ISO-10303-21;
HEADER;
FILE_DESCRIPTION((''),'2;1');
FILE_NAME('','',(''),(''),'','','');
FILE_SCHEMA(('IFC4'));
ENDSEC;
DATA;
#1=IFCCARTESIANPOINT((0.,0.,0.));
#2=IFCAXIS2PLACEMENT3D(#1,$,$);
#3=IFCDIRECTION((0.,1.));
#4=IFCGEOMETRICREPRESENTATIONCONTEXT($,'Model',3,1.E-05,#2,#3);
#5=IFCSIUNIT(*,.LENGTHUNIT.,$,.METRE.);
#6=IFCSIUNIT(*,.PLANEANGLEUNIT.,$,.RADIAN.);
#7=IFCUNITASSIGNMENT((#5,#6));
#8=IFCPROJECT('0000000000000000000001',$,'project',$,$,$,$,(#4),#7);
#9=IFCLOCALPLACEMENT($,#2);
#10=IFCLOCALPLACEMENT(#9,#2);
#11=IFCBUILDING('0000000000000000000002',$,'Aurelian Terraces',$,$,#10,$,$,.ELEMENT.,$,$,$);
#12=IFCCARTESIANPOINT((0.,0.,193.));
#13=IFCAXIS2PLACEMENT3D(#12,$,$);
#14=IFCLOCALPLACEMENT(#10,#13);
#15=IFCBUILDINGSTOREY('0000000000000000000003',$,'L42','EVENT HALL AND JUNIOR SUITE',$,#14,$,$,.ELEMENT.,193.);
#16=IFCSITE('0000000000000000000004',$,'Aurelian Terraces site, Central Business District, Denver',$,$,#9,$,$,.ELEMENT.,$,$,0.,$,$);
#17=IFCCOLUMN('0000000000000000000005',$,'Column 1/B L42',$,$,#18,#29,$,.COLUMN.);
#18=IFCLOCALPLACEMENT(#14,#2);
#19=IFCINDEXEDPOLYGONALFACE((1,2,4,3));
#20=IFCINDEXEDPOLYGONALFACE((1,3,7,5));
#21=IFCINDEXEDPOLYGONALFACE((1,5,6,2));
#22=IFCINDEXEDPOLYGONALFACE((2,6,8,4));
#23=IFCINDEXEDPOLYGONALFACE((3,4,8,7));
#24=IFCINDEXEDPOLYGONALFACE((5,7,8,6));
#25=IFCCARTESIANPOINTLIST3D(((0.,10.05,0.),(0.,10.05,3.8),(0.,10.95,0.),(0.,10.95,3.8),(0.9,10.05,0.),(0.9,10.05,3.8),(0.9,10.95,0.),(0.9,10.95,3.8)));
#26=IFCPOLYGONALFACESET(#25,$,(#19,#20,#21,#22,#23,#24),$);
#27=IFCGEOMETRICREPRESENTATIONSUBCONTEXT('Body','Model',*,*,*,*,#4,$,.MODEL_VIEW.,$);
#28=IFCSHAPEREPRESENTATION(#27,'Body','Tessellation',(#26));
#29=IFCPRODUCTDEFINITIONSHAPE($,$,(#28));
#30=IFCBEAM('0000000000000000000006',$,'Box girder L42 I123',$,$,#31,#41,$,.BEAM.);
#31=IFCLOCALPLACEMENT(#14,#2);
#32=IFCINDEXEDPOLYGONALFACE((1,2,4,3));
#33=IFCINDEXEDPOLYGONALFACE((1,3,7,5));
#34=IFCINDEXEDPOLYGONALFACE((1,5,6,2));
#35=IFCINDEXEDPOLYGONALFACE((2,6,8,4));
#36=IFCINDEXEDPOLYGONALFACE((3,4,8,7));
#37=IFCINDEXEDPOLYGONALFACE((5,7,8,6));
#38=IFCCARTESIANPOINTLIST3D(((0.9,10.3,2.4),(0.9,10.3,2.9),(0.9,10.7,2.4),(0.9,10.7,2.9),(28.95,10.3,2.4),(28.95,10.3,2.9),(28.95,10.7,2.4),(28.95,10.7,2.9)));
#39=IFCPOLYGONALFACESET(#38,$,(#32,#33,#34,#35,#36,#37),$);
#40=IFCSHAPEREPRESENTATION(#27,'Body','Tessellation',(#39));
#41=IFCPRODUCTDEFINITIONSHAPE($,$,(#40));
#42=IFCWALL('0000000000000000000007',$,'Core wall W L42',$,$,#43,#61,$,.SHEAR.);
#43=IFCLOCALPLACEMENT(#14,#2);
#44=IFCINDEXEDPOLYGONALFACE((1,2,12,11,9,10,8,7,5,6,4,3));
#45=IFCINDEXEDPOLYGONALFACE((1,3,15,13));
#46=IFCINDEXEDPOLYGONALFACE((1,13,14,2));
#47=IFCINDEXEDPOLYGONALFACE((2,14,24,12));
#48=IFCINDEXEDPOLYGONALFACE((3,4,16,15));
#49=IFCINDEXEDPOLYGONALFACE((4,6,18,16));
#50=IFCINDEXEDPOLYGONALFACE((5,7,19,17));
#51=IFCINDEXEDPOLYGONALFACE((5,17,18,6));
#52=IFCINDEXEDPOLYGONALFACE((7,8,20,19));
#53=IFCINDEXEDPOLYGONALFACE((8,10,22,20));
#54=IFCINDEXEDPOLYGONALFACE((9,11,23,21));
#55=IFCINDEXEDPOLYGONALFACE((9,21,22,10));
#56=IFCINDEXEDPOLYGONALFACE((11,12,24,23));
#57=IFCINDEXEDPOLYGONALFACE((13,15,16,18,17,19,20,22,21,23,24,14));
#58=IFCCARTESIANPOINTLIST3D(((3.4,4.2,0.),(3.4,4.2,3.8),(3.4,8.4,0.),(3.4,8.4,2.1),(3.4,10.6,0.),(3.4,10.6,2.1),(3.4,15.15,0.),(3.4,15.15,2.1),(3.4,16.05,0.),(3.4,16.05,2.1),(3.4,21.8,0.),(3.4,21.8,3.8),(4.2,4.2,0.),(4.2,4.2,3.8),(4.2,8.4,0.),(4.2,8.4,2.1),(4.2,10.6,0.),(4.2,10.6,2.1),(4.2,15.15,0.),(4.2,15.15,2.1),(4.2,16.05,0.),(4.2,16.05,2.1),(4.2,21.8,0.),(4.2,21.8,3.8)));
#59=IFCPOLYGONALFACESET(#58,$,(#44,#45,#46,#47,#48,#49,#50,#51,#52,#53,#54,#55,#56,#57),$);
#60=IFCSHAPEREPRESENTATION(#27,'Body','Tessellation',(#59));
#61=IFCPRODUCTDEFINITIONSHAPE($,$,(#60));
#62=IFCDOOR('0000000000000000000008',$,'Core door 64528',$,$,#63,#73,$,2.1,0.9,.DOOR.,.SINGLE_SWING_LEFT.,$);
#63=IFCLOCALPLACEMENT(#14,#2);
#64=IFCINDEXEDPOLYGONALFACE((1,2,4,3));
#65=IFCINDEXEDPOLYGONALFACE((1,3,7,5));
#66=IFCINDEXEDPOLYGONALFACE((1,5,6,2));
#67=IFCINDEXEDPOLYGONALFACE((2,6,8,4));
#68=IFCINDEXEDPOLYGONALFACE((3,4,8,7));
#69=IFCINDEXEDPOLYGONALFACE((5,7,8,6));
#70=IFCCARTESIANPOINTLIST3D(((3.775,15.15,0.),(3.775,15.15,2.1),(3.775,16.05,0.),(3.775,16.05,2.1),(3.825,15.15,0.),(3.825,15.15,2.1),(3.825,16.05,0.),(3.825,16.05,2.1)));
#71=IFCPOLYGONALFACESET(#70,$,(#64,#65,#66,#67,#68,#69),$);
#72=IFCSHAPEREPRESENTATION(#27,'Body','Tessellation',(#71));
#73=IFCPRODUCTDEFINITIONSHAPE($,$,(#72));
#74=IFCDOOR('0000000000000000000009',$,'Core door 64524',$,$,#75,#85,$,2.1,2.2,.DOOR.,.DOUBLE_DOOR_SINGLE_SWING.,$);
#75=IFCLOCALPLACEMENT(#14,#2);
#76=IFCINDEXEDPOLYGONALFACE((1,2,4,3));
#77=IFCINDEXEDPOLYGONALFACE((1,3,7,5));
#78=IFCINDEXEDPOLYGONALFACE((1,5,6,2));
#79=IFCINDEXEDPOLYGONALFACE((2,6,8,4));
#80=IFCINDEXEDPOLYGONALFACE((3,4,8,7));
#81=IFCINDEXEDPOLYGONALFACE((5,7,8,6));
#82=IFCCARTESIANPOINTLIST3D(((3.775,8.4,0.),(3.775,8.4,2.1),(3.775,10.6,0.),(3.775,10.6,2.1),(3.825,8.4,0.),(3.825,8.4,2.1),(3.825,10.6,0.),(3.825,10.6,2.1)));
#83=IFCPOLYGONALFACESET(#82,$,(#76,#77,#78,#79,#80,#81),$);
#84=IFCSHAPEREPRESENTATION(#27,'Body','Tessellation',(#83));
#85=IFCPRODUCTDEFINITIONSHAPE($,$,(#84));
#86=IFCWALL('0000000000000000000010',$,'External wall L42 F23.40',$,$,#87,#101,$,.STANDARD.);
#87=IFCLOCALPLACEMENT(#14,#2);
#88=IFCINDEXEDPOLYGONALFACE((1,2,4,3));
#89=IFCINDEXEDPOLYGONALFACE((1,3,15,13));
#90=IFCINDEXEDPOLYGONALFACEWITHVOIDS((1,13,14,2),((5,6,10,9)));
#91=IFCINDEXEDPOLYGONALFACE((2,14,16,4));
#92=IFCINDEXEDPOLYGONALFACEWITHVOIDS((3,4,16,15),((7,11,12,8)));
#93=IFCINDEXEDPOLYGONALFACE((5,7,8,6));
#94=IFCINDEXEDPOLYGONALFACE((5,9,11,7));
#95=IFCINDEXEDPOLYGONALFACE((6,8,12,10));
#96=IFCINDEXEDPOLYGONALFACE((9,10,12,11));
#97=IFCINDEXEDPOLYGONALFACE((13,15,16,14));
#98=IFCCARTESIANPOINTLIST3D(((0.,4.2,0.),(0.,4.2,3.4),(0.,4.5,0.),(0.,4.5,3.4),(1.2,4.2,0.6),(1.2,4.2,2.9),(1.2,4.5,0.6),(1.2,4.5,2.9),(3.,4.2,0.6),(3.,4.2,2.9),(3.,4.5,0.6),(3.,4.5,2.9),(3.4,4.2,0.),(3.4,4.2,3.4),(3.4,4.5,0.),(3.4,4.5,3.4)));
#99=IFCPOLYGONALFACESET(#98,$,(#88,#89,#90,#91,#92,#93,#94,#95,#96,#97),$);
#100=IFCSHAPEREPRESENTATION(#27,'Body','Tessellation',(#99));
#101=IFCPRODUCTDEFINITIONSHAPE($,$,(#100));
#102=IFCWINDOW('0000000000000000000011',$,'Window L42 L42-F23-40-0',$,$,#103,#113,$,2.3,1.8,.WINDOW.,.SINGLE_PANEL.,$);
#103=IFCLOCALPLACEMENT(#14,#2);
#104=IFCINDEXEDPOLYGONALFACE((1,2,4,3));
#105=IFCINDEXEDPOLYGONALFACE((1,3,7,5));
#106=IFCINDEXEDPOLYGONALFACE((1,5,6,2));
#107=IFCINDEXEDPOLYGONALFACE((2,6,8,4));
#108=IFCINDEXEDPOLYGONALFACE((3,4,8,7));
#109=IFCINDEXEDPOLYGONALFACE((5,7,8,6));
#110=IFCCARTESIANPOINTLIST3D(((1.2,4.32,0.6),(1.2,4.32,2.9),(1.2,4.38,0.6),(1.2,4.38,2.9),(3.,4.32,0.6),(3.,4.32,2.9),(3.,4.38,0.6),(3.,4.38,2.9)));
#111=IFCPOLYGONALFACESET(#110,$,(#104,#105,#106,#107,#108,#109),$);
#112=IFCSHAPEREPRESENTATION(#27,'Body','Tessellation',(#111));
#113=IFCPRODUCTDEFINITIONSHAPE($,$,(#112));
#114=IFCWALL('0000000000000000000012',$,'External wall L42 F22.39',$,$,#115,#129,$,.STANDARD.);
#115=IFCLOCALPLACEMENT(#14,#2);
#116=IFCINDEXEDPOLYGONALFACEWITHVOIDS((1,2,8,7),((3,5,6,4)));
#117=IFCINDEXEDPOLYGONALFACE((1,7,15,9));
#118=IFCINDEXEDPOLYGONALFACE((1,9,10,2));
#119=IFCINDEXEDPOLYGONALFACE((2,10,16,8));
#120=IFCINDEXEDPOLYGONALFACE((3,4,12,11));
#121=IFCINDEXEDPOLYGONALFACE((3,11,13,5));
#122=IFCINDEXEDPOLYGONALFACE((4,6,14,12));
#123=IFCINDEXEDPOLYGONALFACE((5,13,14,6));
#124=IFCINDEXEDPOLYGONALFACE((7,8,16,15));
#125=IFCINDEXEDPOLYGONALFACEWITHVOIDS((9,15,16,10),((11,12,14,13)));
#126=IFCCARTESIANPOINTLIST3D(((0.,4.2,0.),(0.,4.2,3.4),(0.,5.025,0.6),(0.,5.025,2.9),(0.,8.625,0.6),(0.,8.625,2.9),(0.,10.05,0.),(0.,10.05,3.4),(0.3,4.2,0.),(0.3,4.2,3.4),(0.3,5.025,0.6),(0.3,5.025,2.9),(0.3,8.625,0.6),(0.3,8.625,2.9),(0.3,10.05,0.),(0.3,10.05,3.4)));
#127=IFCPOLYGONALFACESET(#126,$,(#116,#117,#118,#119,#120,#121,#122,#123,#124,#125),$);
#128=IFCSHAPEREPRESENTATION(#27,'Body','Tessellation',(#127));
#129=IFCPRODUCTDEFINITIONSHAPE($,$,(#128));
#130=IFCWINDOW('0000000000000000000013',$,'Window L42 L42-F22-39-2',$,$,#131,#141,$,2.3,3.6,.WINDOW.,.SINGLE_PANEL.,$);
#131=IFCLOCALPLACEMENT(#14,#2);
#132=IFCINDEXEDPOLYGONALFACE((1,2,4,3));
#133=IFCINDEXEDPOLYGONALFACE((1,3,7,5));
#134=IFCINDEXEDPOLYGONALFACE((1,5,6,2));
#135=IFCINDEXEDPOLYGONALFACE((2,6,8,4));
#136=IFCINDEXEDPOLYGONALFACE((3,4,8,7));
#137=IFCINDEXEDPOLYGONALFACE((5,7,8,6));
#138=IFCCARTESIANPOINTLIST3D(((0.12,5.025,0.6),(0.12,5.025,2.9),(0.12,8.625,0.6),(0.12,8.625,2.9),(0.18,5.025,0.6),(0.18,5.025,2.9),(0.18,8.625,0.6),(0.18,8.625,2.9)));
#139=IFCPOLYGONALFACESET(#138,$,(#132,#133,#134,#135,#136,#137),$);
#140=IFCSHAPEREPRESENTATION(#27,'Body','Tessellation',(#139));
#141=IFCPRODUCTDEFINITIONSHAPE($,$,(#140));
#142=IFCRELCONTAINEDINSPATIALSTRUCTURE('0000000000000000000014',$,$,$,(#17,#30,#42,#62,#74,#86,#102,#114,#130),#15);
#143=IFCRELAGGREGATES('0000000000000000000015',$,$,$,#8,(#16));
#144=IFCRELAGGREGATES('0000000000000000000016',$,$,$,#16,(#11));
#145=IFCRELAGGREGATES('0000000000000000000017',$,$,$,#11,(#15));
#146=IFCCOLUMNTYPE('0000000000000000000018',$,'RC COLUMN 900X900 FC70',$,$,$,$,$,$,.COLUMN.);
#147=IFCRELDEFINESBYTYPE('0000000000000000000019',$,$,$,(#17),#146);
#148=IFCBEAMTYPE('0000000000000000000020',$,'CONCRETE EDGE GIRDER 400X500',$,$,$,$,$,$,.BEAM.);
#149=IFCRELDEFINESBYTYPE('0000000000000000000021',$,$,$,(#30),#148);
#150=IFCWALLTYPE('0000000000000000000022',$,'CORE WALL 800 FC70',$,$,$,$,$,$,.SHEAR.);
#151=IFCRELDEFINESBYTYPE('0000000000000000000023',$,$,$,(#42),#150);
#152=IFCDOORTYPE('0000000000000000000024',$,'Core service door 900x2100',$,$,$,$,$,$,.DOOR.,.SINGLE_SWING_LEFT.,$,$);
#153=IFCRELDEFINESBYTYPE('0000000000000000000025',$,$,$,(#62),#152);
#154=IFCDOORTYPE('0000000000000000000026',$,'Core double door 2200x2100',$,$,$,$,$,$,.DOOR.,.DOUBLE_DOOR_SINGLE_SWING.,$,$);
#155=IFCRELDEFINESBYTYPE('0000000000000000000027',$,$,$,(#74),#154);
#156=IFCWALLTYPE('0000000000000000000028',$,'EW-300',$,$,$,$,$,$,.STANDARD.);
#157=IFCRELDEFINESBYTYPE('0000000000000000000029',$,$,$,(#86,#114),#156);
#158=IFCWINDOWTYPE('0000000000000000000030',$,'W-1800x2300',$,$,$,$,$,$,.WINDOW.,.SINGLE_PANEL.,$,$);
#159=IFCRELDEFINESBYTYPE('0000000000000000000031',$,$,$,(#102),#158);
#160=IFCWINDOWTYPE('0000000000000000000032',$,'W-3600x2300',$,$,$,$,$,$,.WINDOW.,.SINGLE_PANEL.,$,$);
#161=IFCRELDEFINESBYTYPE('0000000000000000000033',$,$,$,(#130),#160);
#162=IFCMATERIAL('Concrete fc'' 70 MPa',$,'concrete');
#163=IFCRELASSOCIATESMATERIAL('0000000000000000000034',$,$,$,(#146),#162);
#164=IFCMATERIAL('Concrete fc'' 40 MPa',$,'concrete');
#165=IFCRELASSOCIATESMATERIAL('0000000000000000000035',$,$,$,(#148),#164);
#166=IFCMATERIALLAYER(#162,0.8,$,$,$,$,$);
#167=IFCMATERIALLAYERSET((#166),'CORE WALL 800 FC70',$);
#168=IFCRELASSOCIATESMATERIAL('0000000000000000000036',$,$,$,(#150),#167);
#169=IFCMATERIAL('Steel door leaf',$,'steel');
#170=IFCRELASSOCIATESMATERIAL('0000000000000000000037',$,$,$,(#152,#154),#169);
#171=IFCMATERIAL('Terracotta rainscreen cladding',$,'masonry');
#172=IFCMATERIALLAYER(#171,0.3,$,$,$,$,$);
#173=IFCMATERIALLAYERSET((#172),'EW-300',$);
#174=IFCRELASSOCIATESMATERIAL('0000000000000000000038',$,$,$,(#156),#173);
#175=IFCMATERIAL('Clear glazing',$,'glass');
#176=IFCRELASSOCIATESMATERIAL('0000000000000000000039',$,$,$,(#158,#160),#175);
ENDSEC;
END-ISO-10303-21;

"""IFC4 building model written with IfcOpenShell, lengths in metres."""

from ifc_helpers import new_model, si_unit, direction, frame, frame_2d, origin, origin_2d, place, context, subcontext, project, spatial, rectangle, extrude, source, transform, mapped, material, layer, layer_set, material_profile, profile_set, type_object, element, fill, save


model = new_model("IFC4")

# Units and contexts
model_context = context("Model", 3, precision=1e-05, world=origin(), true_north=direction((0.0, 1.0)))
body_context = subcontext(model_context, "Body", "Model", "MODEL_VIEW")
ifc_project = project(units=[si_unit("LENGTHUNIT", "METRE"), si_unit("PLANEANGLEUNIT", "RADIAN")], contexts=[model_context])

# Site, building, storey
site_placement = place(None, origin())
site = spatial("IfcSite", under=ifc_project, at=site_placement, Name="Aurelian Terraces site, Central Business District, Denver", CompositionType="ELEMENT", RefElevation=0.0)
building_placement = place(site_placement, origin())
building = spatial("IfcBuilding", under=site, at=building_placement, Name="Aurelian Terraces", CompositionType="ELEMENT")
storey_placement = place(building_placement, frame((0.0, 0.0, 193.0)))
storey = spatial("IfcBuildingStorey", under=building, at=storey_placement, Name="L42", Description="EVENT HALL AND JUNIOR SUITE", CompositionType="ELEMENT", Elevation=193.0)

# Column
ifc_material_1 = material(Name="Concrete fc' 70 MPa", Category="concrete")
ifc_material_profile_1 = material_profile(ifc_material_1, rectangle(XDim=0.9, YDim=0.9, at=origin_2d()))
ifc_profile_set_1 = profile_set([ifc_material_profile_1], Name="Concrete fc' 70 MPa")
column_type = type_object("IfcColumnType", Name="RC COLUMN 900X900 FC70", PredefinedType="COLUMN", material=ifc_profile_set_1)
shared_shape_1 = source(origin(), body_context, "Body", "SweptSolid", [
    extrude(rectangle(XDim=0.9, YDim=0.9, at=origin_2d()), origin(), (0.0, 0.0, 1.0), 3.8),
])
column_placement = place(storey_placement, frame((0.45, 10.5, 0.0), z_axis=(0.0, 0.0, 1.0), x_axis=(1.0, 0.0, 0.0)))
element("IfcColumn", 1, at=column_placement, inside=storey, type_object=column_type, Name="Column 1/B L42", PredefinedType="COLUMN", context=body_context, shape_type="MappedRepresentation", body=[
    mapped(shared_shape_1, transform((0.0, 0.0, 0.0), scale=1.0)),
])

# Beam
ifc_material_2 = material(Name="Concrete fc' 40 MPa", Category="concrete")
ifc_material_profile_2 = material_profile(ifc_material_2, rectangle(XDim=0.4, YDim=0.5, at=origin_2d()))
ifc_profile_set_2 = profile_set([ifc_material_profile_2], Name="Concrete fc' 40 MPa")
beam_type = type_object("IfcBeamType", Name="CONCRETE EDGE GIRDER 400X500", PredefinedType="BEAM", material=ifc_profile_set_2)
shared_shape_2 = source(origin(), body_context, "Body", "SweptSolid", [
    extrude(rectangle(XDim=0.4, YDim=0.5, at=origin_2d()), origin(), (0.0, 0.0, 1.0), 28.05),
])
beam_placement = place(storey_placement, frame((0.9, 10.5, 2.65), z_axis=(1.0, 0.0, 0.0), x_axis=(0.0, 1.0, 0.0)))
element("IfcBeam", 2, at=beam_placement, inside=storey, type_object=beam_type, Name="Box girder L42 I123", PredefinedType="BEAM", context=body_context, shape_type="MappedRepresentation", body=[
    mapped(shared_shape_2, transform((0.0, 0.0, 0.0), scale=1.0)),
])

# Wall, openings, doors
ifc_layer_1 = layer(ifc_material_1, 0.8)
ifc_layer_set_1 = layer_set([ifc_layer_1], Name="CORE WALL 800 FC70")
wall_type_1 = type_object("IfcWallType", Name="CORE WALL 800 FC70", PredefinedType="SHEAR", material=ifc_layer_set_1)
shared_shape_3 = source(origin(), body_context, "Body", "SweptSolid", [
    extrude(rectangle(XDim=17.6, YDim=0.8, at=frame_2d((8.8, 0.0))), origin(), (0.0, 0.0, 1.0), 3.8),
])
wall_1_placement = place(storey_placement, frame((3.8, 4.2, 0.0), z_axis=(0.0, 0.0, 1.0), x_axis=(0.0, 1.0, 0.0)))
wall_1 = element("IfcWall", 3, at=wall_1_placement, inside=storey, type_object=wall_type_1, Name="Core wall W L42", PredefinedType="SHEAR", context=body_context, shape_type="MappedRepresentation", body=[
    mapped(shared_shape_3, transform((0.0, 0.0, 0.0), scale=1.0)),
])
shared_shape_4 = source(origin(), body_context, "Body", "SweptSolid", [
    extrude(rectangle(XDim=2.2, YDim=2.1, at=frame_2d((1.1, 1.05))), frame((0.0, 0.41, 0.0), z_axis=(0.0, -1.0, 0.0), x_axis=(1.0, 0.0, 0.0)), (0.0, 0.0, 1.0), 0.82),
])
opening_1_placement = place(wall_1_placement, frame((4.2, 0.0, 0.0)))
opening_1 = element("IfcOpeningElement", 4, at=opening_1_placement, cuts=wall_1, PredefinedType="OPENING", context=body_context, shape_type="MappedRepresentation", body=[
    mapped(shared_shape_4, transform((0.0, 0.0, 0.0), scale=1.0)),
])
shared_shape_5 = source(origin(), body_context, "Body", "SweptSolid", [
    extrude(rectangle(XDim=0.9, YDim=2.1, at=frame_2d((0.45, 1.05))), frame((0.0, 0.41, 0.0), z_axis=(0.0, -1.0, 0.0), x_axis=(1.0, 0.0, 0.0)), (0.0, 0.0, 1.0), 0.82),
])
opening_2_placement = place(wall_1_placement, frame((10.95, 0.0, 0.0)))
opening_2 = element("IfcOpeningElement", 5, at=opening_2_placement, cuts=wall_1, PredefinedType="OPENING", context=body_context, shape_type="MappedRepresentation", body=[
    mapped(shared_shape_5, transform((0.0, 0.0, 0.0), scale=1.0)),
])
ifc_material_3 = material(Name="Steel door leaf", Category="steel")
door_type_1 = type_object("IfcDoorType", Name="Core service door 900x2100", OperationType="SINGLE_SWING_LEFT", PredefinedType="DOOR", material=ifc_material_3)
shared_shape_6 = source(origin(), body_context, "Body", "SweptSolid", [
    extrude(rectangle(XDim=0.9, YDim=2.1, at=frame_2d((0.45, 1.05))), frame((0.0, 0.025, 0.0), z_axis=(0.0, -1.0, 0.0), x_axis=(1.0, 0.0, 0.0)), (0.0, 0.0, 1.0), 0.05),
])
door_1_placement = place(opening_2_placement, origin())
door_1 = element("IfcDoor", 6, at=door_1_placement, inside=storey, type_object=door_type_1, Name="Core door 64528", OperationType="SINGLE_SWING_LEFT", OverallHeight=2.1, OverallWidth=0.9, PredefinedType="DOOR", context=body_context, shape_type="MappedRepresentation", body=[
    mapped(shared_shape_6, transform((0.0, 0.0, 0.0), scale=1.0)),
])
fill(opening_2, door_1)
door_type_2 = type_object("IfcDoorType", Name="Core double door 2200x2100", OperationType="DOUBLE_DOOR_SINGLE_SWING", PredefinedType="DOOR", material=ifc_material_3)
shared_shape_7 = source(origin(), body_context, "Body", "SweptSolid", [
    extrude(rectangle(XDim=2.2, YDim=2.1, at=frame_2d((1.1, 1.05))), frame((0.0, 0.025, 0.0), z_axis=(0.0, -1.0, 0.0), x_axis=(1.0, 0.0, 0.0)), (0.0, 0.0, 1.0), 0.05),
])
door_2_placement = place(opening_1_placement, origin())
door_2 = element("IfcDoor", 7, at=door_2_placement, inside=storey, type_object=door_type_2, Name="Core door 64524", OperationType="DOUBLE_DOOR_SINGLE_SWING", OverallHeight=2.1, OverallWidth=2.2, PredefinedType="DOOR", context=body_context, shape_type="MappedRepresentation", body=[
    mapped(shared_shape_7, transform((0.0, 0.0, 0.0), scale=1.0)),
])
fill(opening_1, door_2)

# Walls, openings, windows
ifc_material_4 = material(Name="Terracotta rainscreen cladding", Category="masonry")
ifc_layer_2 = layer(ifc_material_4, 0.3)
ifc_layer_set_2 = layer_set([ifc_layer_2], Name="EW-300")
wall_type_2 = type_object("IfcWallType", Name="EW-300", PredefinedType="STANDARD", material=ifc_layer_set_2)
shared_shape_8 = source(origin(), body_context, "Body", "SweptSolid", [
    extrude(rectangle(XDim=3.4, YDim=0.3, at=frame_2d((1.7, 0.0))), origin(), (0.0, 0.0, 1.0), 3.4),
])
wall_2_placement = place(storey_placement, frame((0.0, 4.35, 0.0), z_axis=(0.0, 0.0, 1.0), x_axis=(1.0, 0.0, 0.0)))
wall_2 = element("IfcWall", 8, at=wall_2_placement, inside=storey, type_object=wall_type_2, Name="External wall L42 F23.40", PredefinedType="STANDARD", context=body_context, shape_type="MappedRepresentation", body=[
    mapped(shared_shape_8, transform((0.0, 0.0, 0.0), scale=1.0)),
])
shared_shape_9 = source(origin(), body_context, "Body", "SweptSolid", [
    extrude(rectangle(XDim=1.8, YDim=2.3, at=frame_2d((0.9, 1.15))), frame((0.0, 0.16, 0.0), z_axis=(0.0, -1.0, 0.0), x_axis=(1.0, 0.0, 0.0)), (0.0, 0.0, 1.0), 0.32),
])
opening_3_placement = place(wall_2_placement, frame((1.2, 0.0, 0.6)))
opening_3 = element("IfcOpeningElement", 9, at=opening_3_placement, cuts=wall_2, PredefinedType="OPENING", context=body_context, shape_type="MappedRepresentation", body=[
    mapped(shared_shape_9, transform((0.0, 0.0, 0.0), scale=1.0)),
])
ifc_material_5 = material(Name="Clear glazing", Category="glass")
window_type_1 = type_object("IfcWindowType", Name="W-1800x2300", PartitioningType="SINGLE_PANEL", PredefinedType="WINDOW", material=ifc_material_5)
shared_shape_10 = source(origin(), body_context, "Body", "SweptSolid", [
    extrude(rectangle(XDim=1.8, YDim=2.3, at=frame_2d((0.9, 1.15))), frame((0.0, 0.03, 0.0), z_axis=(0.0, -1.0, 0.0), x_axis=(1.0, 0.0, 0.0)), (0.0, 0.0, 1.0), 0.06),
])
window_1_placement = place(opening_3_placement, origin())
window_1 = element("IfcWindow", 10, at=window_1_placement, inside=storey, type_object=window_type_1, Name="Window L42 L42-F23-40-0", OverallHeight=2.3, OverallWidth=1.8, PartitioningType="SINGLE_PANEL", PredefinedType="WINDOW", context=body_context, shape_type="MappedRepresentation", body=[
    mapped(shared_shape_10, transform((0.0, 0.0, 0.0), scale=1.0)),
])
fill(opening_3, window_1)
shared_shape_11 = source(origin(), body_context, "Body", "SweptSolid", [
    extrude(rectangle(XDim=5.85, YDim=0.3, at=frame_2d((2.925, 0.0))), origin(), (0.0, 0.0, 1.0), 3.4),
])
wall_3_placement = place(storey_placement, frame((0.15, 10.05, 0.0), z_axis=(0.0, 0.0, 1.0), x_axis=(0.0, -1.0, 0.0)))
wall_3 = element("IfcWall", 11, at=wall_3_placement, inside=storey, type_object=wall_type_2, Name="External wall L42 F22.39", PredefinedType="STANDARD", context=body_context, shape_type="MappedRepresentation", body=[
    mapped(shared_shape_11, transform((0.0, 0.0, 0.0), scale=1.0)),
])
shared_shape_12 = source(origin(), body_context, "Body", "SweptSolid", [
    extrude(rectangle(XDim=3.6, YDim=2.3, at=frame_2d((1.8, 1.15))), frame((0.0, 0.16, 0.0), z_axis=(0.0, -1.0, 0.0), x_axis=(1.0, 0.0, 0.0)), (0.0, 0.0, 1.0), 0.32),
])
opening_4_placement = place(wall_3_placement, frame((1.425, 0.0, 0.6)))
opening_4 = element("IfcOpeningElement", 12, at=opening_4_placement, cuts=wall_3, PredefinedType="OPENING", context=body_context, shape_type="MappedRepresentation", body=[
    mapped(shared_shape_12, transform((0.0, 0.0, 0.0), scale=1.0)),
])
window_type_2 = type_object("IfcWindowType", Name="W-3600x2300", PartitioningType="SINGLE_PANEL", PredefinedType="WINDOW", material=ifc_material_5)
shared_shape_13 = source(origin(), body_context, "Body", "SweptSolid", [
    extrude(rectangle(XDim=3.6, YDim=2.3, at=frame_2d((1.8, 1.15))), frame((0.0, 0.03, 0.0), z_axis=(0.0, -1.0, 0.0), x_axis=(1.0, 0.0, 0.0)), (0.0, 0.0, 1.0), 0.06),
])
window_2_placement = place(opening_4_placement, origin())
window_2 = element("IfcWindow", 13, at=window_2_placement, inside=storey, type_object=window_type_2, Name="Window L42 L42-F22-39-2", OverallHeight=2.3, OverallWidth=3.6, PartitioningType="SINGLE_PANEL", PredefinedType="WINDOW", context=body_context, shape_type="MappedRepresentation", body=[
    mapped(shared_shape_13, transform((0.0, 0.0, 0.0), scale=1.0)),
])
fill(opening_4, window_2)

save(model, "model.ifc")
